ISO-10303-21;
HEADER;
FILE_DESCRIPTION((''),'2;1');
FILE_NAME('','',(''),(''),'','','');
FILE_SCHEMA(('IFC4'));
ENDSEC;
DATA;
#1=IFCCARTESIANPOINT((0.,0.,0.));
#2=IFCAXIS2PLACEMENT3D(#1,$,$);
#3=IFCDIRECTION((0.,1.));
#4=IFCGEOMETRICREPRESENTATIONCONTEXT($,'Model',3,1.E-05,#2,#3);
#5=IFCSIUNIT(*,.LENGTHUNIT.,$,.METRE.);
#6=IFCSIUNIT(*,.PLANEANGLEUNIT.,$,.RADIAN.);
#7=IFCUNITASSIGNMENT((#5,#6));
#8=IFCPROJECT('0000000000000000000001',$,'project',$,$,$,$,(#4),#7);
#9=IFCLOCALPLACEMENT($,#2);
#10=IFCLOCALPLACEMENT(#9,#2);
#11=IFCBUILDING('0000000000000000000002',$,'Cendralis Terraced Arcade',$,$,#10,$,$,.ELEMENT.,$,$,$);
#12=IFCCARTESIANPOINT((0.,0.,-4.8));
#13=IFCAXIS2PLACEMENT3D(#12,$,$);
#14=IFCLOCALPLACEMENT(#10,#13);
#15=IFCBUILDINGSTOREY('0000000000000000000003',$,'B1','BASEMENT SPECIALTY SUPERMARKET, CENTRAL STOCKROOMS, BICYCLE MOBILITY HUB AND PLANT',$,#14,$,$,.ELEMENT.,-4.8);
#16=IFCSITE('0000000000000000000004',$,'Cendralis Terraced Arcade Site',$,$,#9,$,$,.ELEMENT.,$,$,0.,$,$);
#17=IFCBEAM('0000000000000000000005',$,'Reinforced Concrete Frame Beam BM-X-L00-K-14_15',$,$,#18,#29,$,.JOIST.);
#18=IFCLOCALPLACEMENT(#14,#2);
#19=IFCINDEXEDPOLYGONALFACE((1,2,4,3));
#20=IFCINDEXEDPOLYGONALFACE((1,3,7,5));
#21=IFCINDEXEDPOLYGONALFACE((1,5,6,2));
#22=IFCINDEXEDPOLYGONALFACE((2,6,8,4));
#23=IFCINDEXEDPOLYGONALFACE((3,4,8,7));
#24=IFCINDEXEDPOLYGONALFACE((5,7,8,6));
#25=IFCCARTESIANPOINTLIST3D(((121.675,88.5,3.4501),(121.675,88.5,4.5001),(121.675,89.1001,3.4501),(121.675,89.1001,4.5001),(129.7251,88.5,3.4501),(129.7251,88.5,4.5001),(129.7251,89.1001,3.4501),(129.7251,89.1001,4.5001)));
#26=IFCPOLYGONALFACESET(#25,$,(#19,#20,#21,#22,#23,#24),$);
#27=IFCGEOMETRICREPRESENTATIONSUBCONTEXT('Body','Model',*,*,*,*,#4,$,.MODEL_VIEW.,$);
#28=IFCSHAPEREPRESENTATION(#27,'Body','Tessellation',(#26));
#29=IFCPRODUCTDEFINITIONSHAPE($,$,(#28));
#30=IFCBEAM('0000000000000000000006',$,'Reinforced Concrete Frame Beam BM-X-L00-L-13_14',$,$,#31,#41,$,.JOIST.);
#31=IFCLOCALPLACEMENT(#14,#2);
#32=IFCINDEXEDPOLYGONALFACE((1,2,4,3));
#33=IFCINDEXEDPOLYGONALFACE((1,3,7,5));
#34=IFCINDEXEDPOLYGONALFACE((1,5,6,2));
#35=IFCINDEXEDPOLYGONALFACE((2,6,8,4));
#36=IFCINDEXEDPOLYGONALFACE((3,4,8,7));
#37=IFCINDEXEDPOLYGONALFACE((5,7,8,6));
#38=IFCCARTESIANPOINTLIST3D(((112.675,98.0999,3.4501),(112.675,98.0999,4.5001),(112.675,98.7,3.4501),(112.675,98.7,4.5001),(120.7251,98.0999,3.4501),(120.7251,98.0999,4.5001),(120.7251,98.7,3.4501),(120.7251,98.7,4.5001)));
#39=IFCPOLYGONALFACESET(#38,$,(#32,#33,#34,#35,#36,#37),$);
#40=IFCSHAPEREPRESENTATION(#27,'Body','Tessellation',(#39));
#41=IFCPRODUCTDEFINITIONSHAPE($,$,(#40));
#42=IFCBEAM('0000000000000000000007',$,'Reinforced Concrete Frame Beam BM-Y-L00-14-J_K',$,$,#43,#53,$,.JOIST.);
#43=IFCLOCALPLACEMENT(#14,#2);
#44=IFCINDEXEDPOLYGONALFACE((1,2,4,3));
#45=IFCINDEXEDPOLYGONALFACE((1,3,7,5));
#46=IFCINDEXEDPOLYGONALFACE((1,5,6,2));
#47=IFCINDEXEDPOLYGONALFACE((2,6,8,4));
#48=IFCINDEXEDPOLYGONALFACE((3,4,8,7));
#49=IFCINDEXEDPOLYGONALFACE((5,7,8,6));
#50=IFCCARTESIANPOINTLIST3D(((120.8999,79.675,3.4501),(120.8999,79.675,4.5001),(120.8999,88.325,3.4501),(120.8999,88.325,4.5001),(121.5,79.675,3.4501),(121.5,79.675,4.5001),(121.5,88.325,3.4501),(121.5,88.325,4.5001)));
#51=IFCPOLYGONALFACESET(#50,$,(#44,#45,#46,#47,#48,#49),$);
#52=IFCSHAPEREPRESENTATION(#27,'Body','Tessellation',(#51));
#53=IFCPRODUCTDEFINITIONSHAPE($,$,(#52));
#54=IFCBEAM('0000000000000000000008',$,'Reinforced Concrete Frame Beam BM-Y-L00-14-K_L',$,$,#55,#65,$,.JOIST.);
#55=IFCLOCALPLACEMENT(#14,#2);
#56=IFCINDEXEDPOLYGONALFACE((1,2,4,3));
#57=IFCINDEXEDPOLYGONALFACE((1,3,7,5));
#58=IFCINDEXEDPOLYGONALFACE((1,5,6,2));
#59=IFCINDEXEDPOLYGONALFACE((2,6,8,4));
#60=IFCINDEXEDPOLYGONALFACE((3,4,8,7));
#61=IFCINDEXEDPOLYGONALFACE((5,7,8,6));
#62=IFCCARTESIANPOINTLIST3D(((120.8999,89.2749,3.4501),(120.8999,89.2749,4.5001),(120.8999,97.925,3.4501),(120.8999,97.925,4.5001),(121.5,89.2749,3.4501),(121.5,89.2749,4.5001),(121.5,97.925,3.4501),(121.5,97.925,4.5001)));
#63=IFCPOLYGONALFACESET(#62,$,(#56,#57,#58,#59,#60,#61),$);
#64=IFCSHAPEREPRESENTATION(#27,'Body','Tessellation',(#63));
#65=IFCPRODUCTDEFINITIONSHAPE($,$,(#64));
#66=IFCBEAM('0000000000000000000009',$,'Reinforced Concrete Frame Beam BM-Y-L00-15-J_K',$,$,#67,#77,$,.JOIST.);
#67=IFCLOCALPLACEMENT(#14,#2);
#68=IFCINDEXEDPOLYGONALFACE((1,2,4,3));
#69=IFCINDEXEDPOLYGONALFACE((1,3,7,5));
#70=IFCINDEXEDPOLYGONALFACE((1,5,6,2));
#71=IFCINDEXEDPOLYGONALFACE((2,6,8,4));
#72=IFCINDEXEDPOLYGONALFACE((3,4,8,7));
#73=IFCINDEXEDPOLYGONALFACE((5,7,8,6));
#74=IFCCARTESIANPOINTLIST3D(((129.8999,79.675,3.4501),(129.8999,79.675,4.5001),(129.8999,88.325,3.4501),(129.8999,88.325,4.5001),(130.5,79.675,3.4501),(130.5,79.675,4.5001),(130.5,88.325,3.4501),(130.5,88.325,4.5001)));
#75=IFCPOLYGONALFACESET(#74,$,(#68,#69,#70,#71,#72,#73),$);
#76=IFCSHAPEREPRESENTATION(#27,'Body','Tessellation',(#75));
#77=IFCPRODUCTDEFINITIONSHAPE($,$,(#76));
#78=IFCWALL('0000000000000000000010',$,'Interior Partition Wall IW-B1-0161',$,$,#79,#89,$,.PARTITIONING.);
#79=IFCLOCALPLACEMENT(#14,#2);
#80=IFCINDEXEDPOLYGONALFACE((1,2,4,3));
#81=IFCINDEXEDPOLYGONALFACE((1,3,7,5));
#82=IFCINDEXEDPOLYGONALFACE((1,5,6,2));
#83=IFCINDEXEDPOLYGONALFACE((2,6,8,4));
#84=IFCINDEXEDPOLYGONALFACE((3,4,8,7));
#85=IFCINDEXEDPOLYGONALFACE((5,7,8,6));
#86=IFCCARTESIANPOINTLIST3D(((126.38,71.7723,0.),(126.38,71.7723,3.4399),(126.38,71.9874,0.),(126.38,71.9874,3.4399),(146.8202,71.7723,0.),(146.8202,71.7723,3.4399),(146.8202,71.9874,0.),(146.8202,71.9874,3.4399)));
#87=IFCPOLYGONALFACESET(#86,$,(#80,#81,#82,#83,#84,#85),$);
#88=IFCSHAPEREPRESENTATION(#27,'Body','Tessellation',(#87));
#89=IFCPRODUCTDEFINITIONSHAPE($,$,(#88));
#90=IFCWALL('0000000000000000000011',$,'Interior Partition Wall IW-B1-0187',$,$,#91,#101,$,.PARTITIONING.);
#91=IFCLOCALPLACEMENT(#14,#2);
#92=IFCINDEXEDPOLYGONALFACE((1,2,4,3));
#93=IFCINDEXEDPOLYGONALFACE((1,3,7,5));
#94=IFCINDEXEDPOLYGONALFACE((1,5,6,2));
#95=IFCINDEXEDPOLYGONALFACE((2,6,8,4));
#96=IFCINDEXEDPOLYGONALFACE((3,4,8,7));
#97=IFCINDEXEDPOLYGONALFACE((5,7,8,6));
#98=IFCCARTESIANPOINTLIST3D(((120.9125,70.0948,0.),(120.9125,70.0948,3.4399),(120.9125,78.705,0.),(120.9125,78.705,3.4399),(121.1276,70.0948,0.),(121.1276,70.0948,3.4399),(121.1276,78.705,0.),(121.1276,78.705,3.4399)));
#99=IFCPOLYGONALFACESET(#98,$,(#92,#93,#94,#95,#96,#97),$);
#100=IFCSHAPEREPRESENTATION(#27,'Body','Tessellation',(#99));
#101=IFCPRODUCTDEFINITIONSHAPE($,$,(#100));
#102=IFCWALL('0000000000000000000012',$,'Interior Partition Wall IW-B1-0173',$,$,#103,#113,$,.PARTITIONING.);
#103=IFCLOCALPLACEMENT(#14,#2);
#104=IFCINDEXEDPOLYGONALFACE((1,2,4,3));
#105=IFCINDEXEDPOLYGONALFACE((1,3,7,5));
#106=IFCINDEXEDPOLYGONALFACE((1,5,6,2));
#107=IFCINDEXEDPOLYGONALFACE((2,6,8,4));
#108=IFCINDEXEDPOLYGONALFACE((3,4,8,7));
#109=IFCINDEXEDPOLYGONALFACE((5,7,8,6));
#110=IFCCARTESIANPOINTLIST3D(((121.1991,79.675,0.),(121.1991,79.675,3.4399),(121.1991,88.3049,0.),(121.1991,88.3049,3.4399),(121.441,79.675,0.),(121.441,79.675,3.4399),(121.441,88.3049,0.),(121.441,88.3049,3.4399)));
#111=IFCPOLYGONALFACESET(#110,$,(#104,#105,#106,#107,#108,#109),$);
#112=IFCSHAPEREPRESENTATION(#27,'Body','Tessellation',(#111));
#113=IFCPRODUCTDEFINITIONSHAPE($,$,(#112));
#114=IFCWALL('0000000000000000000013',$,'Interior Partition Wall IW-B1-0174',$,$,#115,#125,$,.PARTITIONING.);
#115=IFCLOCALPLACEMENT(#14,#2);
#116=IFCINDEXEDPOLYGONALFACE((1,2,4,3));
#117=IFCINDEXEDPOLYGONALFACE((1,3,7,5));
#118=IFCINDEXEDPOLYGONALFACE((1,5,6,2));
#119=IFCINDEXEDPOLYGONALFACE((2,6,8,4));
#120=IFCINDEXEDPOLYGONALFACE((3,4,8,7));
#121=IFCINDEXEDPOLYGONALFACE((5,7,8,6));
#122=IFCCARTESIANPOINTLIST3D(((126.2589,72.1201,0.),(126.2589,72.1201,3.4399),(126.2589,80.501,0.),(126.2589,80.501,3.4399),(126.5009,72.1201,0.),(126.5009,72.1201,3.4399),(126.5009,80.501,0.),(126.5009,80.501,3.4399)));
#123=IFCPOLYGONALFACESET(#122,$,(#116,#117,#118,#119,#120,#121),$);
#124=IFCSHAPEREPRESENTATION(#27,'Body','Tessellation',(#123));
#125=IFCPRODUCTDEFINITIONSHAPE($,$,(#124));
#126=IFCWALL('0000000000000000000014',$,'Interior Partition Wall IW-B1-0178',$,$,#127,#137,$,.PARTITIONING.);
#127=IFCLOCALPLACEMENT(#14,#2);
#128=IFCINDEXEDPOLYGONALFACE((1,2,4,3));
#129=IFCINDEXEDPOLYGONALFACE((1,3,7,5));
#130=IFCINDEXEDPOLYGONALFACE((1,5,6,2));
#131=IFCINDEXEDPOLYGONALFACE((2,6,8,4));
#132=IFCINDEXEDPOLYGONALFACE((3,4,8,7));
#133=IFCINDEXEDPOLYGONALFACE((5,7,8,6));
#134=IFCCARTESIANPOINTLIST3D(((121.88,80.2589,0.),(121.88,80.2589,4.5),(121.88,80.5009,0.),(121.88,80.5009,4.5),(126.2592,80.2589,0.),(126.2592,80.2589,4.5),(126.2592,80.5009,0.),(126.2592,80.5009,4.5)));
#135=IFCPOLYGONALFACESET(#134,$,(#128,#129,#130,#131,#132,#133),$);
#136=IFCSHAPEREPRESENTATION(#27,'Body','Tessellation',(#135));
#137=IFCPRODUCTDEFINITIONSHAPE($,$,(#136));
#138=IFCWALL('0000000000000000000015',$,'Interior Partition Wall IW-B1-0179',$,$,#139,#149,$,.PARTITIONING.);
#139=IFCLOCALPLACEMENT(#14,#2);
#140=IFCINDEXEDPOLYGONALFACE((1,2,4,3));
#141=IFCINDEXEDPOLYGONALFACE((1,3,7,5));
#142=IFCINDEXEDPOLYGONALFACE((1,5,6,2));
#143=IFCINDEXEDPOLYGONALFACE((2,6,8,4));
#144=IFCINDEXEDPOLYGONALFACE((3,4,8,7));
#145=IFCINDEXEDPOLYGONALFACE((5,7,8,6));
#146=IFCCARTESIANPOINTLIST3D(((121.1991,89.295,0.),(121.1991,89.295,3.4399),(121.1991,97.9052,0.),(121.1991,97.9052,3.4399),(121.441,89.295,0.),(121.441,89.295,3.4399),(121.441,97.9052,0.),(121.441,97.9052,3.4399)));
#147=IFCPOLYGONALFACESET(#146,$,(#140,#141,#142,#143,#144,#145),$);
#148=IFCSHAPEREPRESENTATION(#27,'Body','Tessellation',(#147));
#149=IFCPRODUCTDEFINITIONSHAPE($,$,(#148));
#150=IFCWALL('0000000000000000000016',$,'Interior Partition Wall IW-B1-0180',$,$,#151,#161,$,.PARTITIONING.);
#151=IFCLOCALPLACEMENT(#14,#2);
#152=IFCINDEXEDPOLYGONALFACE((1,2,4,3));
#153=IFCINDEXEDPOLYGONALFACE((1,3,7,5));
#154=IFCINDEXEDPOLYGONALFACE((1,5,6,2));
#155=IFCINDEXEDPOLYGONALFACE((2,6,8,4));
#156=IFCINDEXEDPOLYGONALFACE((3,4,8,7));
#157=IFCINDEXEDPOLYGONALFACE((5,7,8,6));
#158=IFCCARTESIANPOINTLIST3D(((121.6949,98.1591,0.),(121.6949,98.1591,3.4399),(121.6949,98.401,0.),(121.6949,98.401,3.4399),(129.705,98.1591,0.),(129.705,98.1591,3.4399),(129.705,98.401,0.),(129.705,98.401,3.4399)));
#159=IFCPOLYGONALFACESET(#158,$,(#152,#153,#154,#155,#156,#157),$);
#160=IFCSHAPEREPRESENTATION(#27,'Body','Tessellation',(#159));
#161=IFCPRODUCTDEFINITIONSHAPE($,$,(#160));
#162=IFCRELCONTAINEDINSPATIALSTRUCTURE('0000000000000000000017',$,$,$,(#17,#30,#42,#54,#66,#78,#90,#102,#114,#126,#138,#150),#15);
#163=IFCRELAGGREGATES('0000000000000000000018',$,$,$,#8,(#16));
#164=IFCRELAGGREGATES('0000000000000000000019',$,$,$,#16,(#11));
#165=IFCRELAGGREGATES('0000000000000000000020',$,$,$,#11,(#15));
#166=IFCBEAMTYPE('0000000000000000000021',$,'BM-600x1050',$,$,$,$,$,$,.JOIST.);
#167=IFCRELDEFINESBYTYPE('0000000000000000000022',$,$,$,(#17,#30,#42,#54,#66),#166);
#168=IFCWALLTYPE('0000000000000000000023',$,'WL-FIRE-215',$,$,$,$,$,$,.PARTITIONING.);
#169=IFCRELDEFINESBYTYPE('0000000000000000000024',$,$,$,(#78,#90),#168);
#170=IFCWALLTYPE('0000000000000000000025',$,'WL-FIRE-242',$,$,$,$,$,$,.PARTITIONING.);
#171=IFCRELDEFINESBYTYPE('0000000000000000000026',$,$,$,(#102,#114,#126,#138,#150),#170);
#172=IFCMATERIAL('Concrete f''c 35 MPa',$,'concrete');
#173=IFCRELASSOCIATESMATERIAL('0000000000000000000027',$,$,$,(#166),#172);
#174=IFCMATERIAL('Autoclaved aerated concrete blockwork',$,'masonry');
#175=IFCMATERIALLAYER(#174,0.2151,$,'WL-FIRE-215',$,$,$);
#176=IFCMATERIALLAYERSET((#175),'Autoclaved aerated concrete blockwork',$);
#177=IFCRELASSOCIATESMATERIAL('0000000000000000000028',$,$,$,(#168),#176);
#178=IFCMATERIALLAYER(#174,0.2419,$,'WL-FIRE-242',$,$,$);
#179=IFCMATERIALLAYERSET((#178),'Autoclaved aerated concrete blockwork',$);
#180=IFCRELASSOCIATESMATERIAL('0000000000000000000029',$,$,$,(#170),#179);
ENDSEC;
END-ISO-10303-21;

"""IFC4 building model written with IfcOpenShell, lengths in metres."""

from ifc_helpers import new_model, si_unit, direction, frame, frame_2d, origin, origin_2d, place, context, subcontext, project, spatial, rectangle, extrude, material, layer, layer_set, material_profile, profile_set, type_object, element, save


model = new_model("IFC4")

# Units and contexts
model_context = context("Model", 3, precision=1e-05, world=origin(), true_north=direction((0.0, 1.0)))
body_context = subcontext(model_context, "Body", "Model", "MODEL_VIEW")
ifc_project = project(units=[si_unit("LENGTHUNIT", "METRE"), si_unit("PLANEANGLEUNIT", "RADIAN")], contexts=[model_context])

# Site, building, storey
site_placement = place(None, origin())
site = spatial("IfcSite", under=ifc_project, at=site_placement, Name="Cendralis Terraced Arcade Site", CompositionType="ELEMENT", RefElevation=0.0)
building_placement = place(site_placement, origin())
building = spatial("IfcBuilding", under=site, at=building_placement, Name="Cendralis Terraced Arcade", CompositionType="ELEMENT")
storey_placement = place(building_placement, frame((0.0, 0.0, -4.8)))
storey = spatial("IfcBuildingStorey", under=building, at=storey_placement, Name="B1", Description="BASEMENT SPECIALTY SUPERMARKET, CENTRAL STOCKROOMS, BICYCLE MOBILITY HUB AND PLANT", CompositionType="ELEMENT", Elevation=-4.8)

# Shared definitions
ifc_material_1 = material(Name="Concrete f'c 35 MPa", Category="concrete")

# Beams
ifc_material_profile_1 = material_profile(ifc_material_1, rectangle(XDim=0.6001, YDim=1.05, at=origin_2d()), Name="RC-BM-600x1050", Category="LoadBearing")
ifc_profile_set_1 = profile_set([ifc_material_profile_1], Name="Concrete f'c 35 MPa")
beam_type = type_object("IfcBeamType", Name="BM-600x1050", PredefinedType="JOIST", material=ifc_profile_set_1)
for number, where, z_axis, x_axis, name in (
    (1, (121.675, 88.8, 3.9751), (1.0, 0.0, 0.0), (0.0, 1.0, 0.0), "Reinforced Concrete Frame Beam BM-X-L00-K-14_15"),
    (2, (112.675, 98.3999, 3.9751), (1.0, 0.0, 0.0), (0.0, 1.0, 0.0), "Reinforced Concrete Frame Beam BM-X-L00-L-13_14"),
):
    element("IfcBeam", number, at=place(storey_placement, frame(where, z_axis=z_axis, x_axis=x_axis)), inside=storey, type_object=beam_type, Name=name, PredefinedType="JOIST", context=body_context, shape_type="SweptSolid", body=[
        extrude(rectangle(XDim=0.6001, YDim=1.05, at=origin_2d()), origin(), (0.0, 0.0, 1.0), 8.05),
    ])
beam_1_placement = place(storey_placement, frame((121.2, 79.675, 3.9751), z_axis=(0.0, 1.0, 0.0), x_axis=(-1.0, 0.0, 0.0)))
element("IfcBeam", 3, at=beam_1_placement, inside=storey, type_object=beam_type, Name="Reinforced Concrete Frame Beam BM-Y-L00-14-J_K", PredefinedType="JOIST", context=body_context, shape_type="SweptSolid", body=[
    extrude(rectangle(XDim=0.6001, YDim=1.05, at=origin_2d()), origin(), (0.0, 0.0, 1.0), 8.6499),
])
beam_2_placement = place(storey_placement, frame((121.2, 89.2749, 3.9751), z_axis=(0.0, 1.0, 0.0), x_axis=(-1.0, 0.0, 0.0)))
element("IfcBeam", 4, at=beam_2_placement, inside=storey, type_object=beam_type, Name="Reinforced Concrete Frame Beam BM-Y-L00-14-K_L", PredefinedType="JOIST", context=body_context, shape_type="SweptSolid", body=[
    extrude(rectangle(XDim=0.6001, YDim=1.05, at=origin_2d()), origin(), (0.0, 0.0, 1.0), 8.6501),
])
beam_3_placement = place(storey_placement, frame((130.2, 79.675, 3.9751), z_axis=(0.0, 1.0, 0.0), x_axis=(-1.0, 0.0, 0.0)))
element("IfcBeam", 5, at=beam_3_placement, inside=storey, type_object=beam_type, Name="Reinforced Concrete Frame Beam BM-Y-L00-15-J_K", PredefinedType="JOIST", context=body_context, shape_type="SweptSolid", body=[
    extrude(rectangle(XDim=0.6001, YDim=1.05, at=origin_2d()), origin(), (0.0, 0.0, 1.0), 8.6499),
])

# Walls
ifc_material_2 = material(Name="Autoclaved aerated concrete blockwork", Category="masonry")
ifc_layer_1 = layer(ifc_material_2, 0.2151, Name="WL-FIRE-215")
ifc_layer_set_1 = layer_set([ifc_layer_1], Name="Autoclaved aerated concrete blockwork")
wall_type_1 = type_object("IfcWallType", Name="WL-FIRE-215", PredefinedType="PARTITIONING", material=ifc_layer_set_1)
wall_1_placement = place(storey_placement, frame((126.3799, 71.8799, 0.0), z_axis=(0.0, 0.0, 1.0), x_axis=(1.0, 0.0, 0.0)))
element("IfcWall", 6, at=wall_1_placement, inside=storey, type_object=wall_type_1, Name="Interior Partition Wall IW-B1-0161", PredefinedType="PARTITIONING", context=body_context, shape_type="SweptSolid", body=[
    extrude(rectangle(XDim=20.4402, YDim=0.2151, at=frame_2d((10.2202, 0.0))), origin(), (0.0, 0.0, 1.0), 3.4399),
])
wall_2_placement = place(storey_placement, frame((121.02, 78.7051, 0.0), z_axis=(0.0, 0.0, 1.0), x_axis=(0.0, -1.0, 0.0)))
element("IfcWall", 7, at=wall_2_placement, inside=storey, type_object=wall_type_1, Name="Interior Partition Wall IW-B1-0187", PredefinedType="PARTITIONING", context=body_context, shape_type="SweptSolid", body=[
    extrude(rectangle(XDim=8.6101, YDim=0.2151, at=frame_2d((4.3052, 0.0))), origin(), (0.0, 0.0, 1.0), 3.4399),
])
ifc_layer_2 = layer(ifc_material_2, 0.2419, Name="WL-FIRE-242")
ifc_layer_set_2 = layer_set([ifc_layer_2], Name="Autoclaved aerated concrete blockwork")
wall_type_2 = type_object("IfcWallType", Name="WL-FIRE-242", PredefinedType="PARTITIONING", material=ifc_layer_set_2)
wall_3_placement = place(storey_placement, frame((121.3201, 79.675, 0.0), z_axis=(0.0, 0.0, 1.0), x_axis=(0.0, 1.0, 0.0)))
element("IfcWall", 8, at=wall_3_placement, inside=storey, type_object=wall_type_2, Name="Interior Partition Wall IW-B1-0173", PredefinedType="PARTITIONING", context=body_context, shape_type="SweptSolid", body=[
    extrude(rectangle(XDim=8.6299, YDim=0.2419, at=frame_2d((4.3149, 0.0))), origin(), (0.0, 0.0, 1.0), 3.4399),
])
wall_4_placement = place(storey_placement, frame((126.3799, 72.1201, 0.0), z_axis=(0.0, 0.0, 1.0), x_axis=(0.0, 1.0, 0.0)))
element("IfcWall", 9, at=wall_4_placement, inside=storey, type_object=wall_type_2, Name="Interior Partition Wall IW-B1-0174", PredefinedType="PARTITIONING", context=body_context, shape_type="SweptSolid", body=[
    extrude(rectangle(XDim=8.3809, YDim=0.2419, at=frame_2d((4.1904, 0.0))), origin(), (0.0, 0.0, 1.0), 3.4399),
])
wall_5_placement = place(storey_placement, frame((126.259, 80.3799, 0.0), z_axis=(0.0, 0.0, 1.0), x_axis=(-1.0, 0.0, 0.0)))
element("IfcWall", 10, at=wall_5_placement, inside=storey, type_object=wall_type_2, Name="Interior Partition Wall IW-B1-0178", PredefinedType="PARTITIONING", context=body_context, shape_type="SweptSolid", body=[
    extrude(rectangle(XDim=4.3792, YDim=0.2419, at=frame_2d((2.1895, 0.0))), origin(), (0.0, 0.0, 1.0), 4.5),
])
wall_6_placement = place(storey_placement, frame((121.3201, 89.2949, 0.0), z_axis=(0.0, 0.0, 1.0), x_axis=(0.0, 1.0, 0.0)))
element("IfcWall", 11, at=wall_6_placement, inside=storey, type_object=wall_type_2, Name="Interior Partition Wall IW-B1-0179", PredefinedType="PARTITIONING", context=body_context, shape_type="SweptSolid", body=[
    extrude(rectangle(XDim=8.6101, YDim=0.2419, at=frame_2d((4.3052, 0.0))), origin(), (0.0, 0.0, 1.0), 3.4399),
])
wall_7_placement = place(storey_placement, frame((121.6951, 98.28, 0.0), z_axis=(0.0, 0.0, 1.0), x_axis=(1.0, 0.0, 0.0)))
element("IfcWall", 12, at=wall_7_placement, inside=storey, type_object=wall_type_2, Name="Interior Partition Wall IW-B1-0180", PredefinedType="PARTITIONING", context=body_context, shape_type="SweptSolid", body=[
    extrude(rectangle(XDim=8.01, YDim=0.2419, at=frame_2d((4.0049, 0.0))), origin(), (0.0, 0.0, 1.0), 3.4399),
])

save(model, "model.ifc")
